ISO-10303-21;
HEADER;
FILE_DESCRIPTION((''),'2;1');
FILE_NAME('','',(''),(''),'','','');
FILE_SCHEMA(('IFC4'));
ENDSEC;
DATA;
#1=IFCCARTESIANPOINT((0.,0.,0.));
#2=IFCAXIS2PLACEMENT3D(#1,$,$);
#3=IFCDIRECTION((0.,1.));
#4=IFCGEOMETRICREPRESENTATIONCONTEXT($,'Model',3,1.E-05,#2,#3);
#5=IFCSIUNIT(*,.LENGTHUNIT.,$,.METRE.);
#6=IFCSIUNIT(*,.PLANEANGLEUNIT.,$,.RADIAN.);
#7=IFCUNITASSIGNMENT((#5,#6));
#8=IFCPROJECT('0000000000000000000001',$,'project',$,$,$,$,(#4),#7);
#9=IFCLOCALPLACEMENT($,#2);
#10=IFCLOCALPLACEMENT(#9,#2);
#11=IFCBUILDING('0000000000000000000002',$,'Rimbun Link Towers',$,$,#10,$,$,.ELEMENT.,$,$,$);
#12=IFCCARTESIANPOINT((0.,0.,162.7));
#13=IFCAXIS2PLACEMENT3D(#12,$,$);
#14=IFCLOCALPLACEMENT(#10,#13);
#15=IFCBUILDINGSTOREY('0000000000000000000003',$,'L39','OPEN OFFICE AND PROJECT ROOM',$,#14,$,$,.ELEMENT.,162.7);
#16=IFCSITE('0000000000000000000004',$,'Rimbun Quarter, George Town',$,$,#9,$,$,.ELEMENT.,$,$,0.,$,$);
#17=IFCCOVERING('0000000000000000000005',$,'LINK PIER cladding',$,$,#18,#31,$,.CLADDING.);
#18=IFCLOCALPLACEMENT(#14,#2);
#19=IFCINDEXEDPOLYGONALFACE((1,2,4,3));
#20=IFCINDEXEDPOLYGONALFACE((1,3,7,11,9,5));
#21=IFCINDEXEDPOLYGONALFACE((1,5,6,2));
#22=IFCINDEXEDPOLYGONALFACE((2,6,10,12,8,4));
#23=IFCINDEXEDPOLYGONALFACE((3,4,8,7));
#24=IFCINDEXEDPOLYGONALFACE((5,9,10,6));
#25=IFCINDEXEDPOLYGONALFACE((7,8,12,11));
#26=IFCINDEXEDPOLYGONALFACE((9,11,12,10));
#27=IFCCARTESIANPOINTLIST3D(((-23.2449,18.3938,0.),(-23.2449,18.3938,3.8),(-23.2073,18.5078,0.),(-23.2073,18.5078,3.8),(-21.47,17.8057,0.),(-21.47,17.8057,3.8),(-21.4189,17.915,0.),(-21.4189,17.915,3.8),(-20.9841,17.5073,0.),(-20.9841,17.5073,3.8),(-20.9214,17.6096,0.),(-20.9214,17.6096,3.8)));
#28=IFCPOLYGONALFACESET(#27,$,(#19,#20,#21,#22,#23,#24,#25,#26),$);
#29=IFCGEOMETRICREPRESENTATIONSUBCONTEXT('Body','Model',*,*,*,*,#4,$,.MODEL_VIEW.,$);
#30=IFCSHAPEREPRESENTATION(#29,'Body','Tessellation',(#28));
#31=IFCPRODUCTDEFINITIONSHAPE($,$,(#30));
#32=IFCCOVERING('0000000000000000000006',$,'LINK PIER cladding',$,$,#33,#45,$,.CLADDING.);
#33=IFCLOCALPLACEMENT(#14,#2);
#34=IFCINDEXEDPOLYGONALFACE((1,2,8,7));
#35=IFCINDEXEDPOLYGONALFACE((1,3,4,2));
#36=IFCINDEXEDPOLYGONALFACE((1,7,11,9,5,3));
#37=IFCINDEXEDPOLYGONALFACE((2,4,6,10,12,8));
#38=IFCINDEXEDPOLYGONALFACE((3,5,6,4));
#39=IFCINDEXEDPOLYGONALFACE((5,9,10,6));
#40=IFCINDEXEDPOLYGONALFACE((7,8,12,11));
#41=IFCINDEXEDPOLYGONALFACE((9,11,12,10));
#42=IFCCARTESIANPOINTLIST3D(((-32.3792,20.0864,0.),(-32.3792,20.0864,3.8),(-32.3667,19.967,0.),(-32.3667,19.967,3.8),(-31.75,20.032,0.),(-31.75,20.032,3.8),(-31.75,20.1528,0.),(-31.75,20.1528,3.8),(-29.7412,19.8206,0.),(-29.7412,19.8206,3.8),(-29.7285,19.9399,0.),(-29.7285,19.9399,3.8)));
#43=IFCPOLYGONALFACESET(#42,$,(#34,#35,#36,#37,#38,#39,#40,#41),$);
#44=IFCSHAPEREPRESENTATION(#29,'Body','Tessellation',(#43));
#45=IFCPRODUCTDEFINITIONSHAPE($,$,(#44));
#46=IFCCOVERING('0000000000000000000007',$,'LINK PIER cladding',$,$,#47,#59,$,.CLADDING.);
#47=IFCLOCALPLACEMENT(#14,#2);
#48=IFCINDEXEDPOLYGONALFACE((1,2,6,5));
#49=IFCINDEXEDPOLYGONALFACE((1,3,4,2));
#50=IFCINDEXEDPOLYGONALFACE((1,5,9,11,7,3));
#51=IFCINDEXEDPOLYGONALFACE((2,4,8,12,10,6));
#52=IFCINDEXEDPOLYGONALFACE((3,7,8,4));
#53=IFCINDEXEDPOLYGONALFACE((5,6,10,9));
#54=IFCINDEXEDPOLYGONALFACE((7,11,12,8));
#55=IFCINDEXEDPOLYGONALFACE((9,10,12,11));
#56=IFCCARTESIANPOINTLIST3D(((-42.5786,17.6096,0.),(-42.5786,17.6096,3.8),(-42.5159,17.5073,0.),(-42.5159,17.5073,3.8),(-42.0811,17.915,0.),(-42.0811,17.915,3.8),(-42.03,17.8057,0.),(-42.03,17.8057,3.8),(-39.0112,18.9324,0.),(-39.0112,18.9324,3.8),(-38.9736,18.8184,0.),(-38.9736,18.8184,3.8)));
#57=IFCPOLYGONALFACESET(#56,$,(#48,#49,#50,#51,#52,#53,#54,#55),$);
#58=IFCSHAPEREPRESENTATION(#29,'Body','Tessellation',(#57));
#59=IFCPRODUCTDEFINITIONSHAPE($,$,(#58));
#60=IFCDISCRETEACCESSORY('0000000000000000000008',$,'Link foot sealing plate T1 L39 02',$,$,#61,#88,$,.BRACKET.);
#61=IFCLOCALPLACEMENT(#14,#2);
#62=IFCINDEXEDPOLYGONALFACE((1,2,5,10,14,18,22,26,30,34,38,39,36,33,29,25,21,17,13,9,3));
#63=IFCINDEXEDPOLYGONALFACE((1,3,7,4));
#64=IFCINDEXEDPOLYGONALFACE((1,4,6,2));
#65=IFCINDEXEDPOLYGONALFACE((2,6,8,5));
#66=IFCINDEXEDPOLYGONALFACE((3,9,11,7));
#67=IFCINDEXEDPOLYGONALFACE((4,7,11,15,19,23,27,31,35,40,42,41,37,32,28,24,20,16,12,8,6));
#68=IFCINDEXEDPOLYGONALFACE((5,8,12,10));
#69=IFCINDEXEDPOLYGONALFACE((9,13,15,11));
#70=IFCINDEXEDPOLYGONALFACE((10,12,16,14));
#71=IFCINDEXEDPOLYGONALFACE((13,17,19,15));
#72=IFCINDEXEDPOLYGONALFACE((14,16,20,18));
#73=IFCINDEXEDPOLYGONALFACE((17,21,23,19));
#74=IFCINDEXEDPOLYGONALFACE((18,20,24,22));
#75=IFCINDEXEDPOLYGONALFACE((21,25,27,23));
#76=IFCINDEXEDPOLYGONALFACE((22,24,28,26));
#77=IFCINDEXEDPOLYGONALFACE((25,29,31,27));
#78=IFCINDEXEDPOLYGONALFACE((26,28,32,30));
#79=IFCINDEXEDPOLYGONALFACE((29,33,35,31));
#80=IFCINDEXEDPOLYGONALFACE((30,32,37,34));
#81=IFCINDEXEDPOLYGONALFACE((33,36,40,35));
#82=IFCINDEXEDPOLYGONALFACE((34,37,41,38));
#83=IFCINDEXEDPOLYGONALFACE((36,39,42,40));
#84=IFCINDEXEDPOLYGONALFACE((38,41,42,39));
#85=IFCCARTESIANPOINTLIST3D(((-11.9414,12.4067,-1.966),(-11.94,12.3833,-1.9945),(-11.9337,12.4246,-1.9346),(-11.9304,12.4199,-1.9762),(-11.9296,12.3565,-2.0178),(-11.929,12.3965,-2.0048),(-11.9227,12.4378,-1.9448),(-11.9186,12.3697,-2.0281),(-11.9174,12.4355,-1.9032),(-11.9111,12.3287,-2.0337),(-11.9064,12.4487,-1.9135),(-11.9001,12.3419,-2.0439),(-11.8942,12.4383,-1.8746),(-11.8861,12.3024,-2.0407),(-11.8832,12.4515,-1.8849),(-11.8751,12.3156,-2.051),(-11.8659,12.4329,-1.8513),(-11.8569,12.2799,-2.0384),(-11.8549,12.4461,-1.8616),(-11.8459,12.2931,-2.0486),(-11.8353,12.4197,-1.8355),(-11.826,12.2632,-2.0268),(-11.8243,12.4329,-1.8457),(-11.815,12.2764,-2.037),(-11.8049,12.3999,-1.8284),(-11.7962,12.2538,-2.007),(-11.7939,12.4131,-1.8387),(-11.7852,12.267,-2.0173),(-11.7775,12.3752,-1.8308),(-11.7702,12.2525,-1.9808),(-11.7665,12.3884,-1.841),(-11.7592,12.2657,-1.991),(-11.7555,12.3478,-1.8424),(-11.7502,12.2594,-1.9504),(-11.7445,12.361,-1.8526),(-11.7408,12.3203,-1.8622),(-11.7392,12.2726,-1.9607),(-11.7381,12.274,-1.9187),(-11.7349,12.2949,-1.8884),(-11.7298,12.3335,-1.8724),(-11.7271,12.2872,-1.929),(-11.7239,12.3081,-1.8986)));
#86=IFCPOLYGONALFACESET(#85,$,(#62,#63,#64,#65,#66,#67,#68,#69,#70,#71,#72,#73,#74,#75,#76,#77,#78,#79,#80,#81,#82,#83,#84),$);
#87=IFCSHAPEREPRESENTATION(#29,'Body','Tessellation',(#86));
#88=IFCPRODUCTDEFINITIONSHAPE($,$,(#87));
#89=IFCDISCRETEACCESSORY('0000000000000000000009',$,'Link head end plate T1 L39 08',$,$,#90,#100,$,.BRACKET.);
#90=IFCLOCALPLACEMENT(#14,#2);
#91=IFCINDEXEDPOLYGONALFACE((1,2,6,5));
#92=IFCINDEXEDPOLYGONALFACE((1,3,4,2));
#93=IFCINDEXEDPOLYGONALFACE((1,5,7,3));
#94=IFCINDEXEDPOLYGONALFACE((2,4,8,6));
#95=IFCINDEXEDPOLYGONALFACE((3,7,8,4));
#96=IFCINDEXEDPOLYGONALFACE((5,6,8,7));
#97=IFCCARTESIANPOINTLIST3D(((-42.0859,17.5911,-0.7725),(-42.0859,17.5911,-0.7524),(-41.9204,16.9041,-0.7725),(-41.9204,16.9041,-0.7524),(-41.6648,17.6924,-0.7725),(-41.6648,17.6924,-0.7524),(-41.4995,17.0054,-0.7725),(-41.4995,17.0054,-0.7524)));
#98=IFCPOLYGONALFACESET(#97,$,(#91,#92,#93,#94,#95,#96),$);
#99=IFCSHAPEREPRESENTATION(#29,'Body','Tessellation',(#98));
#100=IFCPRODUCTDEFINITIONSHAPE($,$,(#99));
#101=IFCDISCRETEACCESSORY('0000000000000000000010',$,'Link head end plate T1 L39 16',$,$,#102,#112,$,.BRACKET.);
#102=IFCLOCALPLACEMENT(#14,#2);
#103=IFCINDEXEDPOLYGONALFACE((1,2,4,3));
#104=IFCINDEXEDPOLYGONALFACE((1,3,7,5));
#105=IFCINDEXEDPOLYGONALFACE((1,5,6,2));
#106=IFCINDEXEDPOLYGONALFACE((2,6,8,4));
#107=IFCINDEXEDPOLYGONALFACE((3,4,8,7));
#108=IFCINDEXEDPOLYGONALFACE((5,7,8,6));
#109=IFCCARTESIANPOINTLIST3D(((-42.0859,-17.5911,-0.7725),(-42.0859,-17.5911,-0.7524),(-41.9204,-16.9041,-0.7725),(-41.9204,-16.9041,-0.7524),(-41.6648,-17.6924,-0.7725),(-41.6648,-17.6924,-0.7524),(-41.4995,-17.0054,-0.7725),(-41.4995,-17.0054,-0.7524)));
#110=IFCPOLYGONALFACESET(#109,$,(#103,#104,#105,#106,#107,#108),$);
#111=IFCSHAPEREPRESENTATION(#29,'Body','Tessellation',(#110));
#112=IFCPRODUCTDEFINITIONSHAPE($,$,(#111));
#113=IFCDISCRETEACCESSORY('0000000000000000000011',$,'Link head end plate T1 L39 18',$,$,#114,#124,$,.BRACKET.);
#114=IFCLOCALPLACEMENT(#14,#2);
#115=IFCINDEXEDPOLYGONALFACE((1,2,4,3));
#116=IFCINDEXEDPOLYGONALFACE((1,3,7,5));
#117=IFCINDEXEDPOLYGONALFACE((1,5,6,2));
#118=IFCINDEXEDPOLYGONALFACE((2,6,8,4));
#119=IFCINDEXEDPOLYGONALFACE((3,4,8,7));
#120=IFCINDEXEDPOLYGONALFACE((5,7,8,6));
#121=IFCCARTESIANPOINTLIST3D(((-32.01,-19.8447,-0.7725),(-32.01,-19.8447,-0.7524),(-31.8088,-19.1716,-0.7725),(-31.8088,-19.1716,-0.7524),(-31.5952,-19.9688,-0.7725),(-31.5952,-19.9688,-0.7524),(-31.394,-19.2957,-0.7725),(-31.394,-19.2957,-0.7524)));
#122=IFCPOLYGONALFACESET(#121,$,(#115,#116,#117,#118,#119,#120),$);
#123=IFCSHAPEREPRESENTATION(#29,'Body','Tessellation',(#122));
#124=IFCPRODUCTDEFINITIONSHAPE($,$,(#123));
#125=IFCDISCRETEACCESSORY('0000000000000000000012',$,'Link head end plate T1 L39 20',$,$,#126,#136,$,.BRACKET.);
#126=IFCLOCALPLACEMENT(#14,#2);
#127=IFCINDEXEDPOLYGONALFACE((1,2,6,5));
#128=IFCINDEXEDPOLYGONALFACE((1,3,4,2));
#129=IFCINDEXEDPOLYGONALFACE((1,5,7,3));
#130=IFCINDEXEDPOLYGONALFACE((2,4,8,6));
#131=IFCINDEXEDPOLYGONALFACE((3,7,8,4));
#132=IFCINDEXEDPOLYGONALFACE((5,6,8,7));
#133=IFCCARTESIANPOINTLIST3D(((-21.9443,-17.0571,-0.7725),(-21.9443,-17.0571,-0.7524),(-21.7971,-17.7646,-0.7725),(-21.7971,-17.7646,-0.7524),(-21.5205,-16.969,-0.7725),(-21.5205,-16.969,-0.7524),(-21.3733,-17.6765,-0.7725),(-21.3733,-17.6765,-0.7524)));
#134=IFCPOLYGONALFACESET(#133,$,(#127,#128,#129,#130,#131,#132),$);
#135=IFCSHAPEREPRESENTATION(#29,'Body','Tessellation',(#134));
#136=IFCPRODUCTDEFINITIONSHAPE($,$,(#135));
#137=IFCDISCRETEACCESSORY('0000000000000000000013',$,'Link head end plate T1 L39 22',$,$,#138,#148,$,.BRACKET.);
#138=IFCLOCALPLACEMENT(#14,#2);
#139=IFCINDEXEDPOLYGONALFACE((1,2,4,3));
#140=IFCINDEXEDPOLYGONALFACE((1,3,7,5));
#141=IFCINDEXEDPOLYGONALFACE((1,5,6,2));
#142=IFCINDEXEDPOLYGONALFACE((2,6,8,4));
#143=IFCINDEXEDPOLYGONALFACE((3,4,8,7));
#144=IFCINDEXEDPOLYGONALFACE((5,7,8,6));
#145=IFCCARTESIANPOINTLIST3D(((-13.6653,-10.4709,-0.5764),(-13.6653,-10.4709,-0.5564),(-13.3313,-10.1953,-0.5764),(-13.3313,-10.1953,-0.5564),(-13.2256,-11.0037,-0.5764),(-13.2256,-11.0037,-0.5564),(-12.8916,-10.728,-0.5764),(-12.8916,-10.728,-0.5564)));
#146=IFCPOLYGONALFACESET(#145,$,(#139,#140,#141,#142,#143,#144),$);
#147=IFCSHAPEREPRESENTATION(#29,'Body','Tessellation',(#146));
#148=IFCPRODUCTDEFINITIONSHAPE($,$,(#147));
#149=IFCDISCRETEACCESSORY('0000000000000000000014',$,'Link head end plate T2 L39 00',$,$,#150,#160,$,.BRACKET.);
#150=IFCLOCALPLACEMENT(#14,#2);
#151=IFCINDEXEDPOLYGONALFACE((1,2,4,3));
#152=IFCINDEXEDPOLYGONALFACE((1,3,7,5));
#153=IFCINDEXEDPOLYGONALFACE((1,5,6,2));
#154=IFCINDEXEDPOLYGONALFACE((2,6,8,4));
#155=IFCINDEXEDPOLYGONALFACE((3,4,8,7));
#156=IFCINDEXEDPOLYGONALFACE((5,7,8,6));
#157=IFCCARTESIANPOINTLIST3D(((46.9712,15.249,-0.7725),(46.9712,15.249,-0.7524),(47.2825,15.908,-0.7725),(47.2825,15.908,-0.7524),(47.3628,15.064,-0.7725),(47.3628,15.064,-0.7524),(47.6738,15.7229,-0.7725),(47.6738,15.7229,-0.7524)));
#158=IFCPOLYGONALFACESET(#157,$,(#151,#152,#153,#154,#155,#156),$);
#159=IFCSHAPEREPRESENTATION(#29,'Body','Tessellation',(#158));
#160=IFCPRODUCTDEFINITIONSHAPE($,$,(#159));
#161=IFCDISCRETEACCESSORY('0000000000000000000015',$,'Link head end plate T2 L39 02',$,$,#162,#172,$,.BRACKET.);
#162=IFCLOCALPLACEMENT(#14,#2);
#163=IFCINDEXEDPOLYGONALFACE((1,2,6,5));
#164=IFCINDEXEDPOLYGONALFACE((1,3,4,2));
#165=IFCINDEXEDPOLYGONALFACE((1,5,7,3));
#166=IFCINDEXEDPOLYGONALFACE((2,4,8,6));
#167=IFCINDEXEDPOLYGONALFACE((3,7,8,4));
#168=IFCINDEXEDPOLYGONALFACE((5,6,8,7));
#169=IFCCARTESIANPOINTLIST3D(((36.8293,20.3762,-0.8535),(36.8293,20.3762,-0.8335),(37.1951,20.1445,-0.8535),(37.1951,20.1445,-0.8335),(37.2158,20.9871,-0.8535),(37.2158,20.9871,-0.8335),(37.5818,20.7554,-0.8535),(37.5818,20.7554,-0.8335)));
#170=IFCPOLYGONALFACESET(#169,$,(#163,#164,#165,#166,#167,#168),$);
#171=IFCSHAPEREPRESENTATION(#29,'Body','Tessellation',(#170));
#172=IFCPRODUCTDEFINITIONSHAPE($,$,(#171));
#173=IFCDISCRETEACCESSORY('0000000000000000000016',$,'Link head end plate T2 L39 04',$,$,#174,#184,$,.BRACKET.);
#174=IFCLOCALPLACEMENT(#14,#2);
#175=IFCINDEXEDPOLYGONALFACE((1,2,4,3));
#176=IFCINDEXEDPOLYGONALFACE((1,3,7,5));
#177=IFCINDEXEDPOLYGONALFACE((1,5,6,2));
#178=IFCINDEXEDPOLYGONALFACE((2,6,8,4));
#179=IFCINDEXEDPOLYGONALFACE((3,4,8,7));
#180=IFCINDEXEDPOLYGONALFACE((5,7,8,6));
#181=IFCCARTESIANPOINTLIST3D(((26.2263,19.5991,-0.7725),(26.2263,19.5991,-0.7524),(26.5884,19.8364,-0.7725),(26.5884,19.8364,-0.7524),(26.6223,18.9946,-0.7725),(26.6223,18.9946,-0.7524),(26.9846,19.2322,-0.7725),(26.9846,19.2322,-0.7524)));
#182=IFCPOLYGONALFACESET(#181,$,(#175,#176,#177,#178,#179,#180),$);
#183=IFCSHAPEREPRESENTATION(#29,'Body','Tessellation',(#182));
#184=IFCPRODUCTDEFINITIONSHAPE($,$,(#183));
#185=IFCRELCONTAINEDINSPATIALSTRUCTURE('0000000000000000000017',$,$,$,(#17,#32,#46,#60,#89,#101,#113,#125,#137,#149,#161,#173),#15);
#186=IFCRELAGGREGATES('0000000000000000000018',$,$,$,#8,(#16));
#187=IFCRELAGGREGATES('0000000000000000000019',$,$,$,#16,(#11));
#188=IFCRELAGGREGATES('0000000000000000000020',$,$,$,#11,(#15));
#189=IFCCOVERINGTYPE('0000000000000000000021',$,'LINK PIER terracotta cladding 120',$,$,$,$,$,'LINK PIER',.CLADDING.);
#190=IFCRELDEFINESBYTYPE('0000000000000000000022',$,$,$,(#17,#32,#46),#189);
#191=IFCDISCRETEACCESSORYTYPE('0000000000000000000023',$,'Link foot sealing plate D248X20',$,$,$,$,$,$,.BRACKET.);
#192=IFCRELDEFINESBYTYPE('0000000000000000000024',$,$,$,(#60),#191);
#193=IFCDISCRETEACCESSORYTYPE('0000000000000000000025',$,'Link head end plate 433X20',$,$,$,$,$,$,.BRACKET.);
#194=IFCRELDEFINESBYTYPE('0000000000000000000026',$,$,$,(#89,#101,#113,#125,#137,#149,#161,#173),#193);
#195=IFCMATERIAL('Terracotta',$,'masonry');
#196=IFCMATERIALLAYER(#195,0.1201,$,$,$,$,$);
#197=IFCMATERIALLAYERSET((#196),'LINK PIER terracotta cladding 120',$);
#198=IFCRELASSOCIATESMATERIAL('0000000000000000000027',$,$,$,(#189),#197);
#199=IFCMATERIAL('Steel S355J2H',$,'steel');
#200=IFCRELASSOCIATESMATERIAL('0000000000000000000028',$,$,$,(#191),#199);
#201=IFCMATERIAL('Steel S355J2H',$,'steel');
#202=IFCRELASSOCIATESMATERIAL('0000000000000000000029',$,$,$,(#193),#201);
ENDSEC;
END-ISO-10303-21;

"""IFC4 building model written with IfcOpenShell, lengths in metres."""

from ifc_helpers import new_model, si_unit, direction, frame, origin, origin_2d, place, context, subcontext, project, spatial, polyline, rectangle, circle, outline, extrude, material, layer, layer_set, material_profile, profile_set, type_object, element, save


model = new_model("IFC4")

# Units and contexts
model_context = context("Model", 3, precision=1e-05, world=origin(), true_north=direction((0.0, 1.0)))
body_context = subcontext(model_context, "Body", "Model", "MODEL_VIEW")
ifc_project = project(units=[si_unit("LENGTHUNIT", "METRE"), si_unit("PLANEANGLEUNIT", "RADIAN")], contexts=[model_context])

# Site, building, storey
site_placement = place(None, origin())
site = spatial("IfcSite", under=ifc_project, at=site_placement, Name="Rimbun Quarter, George Town", CompositionType="ELEMENT", RefElevation=0.0)
building_placement = place(site_placement, origin())
building = spatial("IfcBuilding", under=site, at=building_placement, Name="Rimbun Link Towers", CompositionType="ELEMENT")
storey_placement = place(building_placement, frame((0.0, 0.0, 162.7)))
storey = spatial("IfcBuildingStorey", under=building, at=storey_placement, Name="L39", Description="OPEN OFFICE AND PROJECT ROOM", CompositionType="ELEMENT", Elevation=162.7)

# Coverings
ifc_material_1 = material(Name="Terracotta", Category="masonry")
ifc_layer_1 = layer(ifc_material_1, 0.1201)
ifc_layer_set_1 = layer_set([ifc_layer_1], Name="LINK PIER terracotta cladding 120")
covering_type_1 = type_object("IfcCoveringType", Name="LINK PIER terracotta cladding 120", ElementType="LINK PIER", PredefinedType="CLADDING", material=ifc_layer_set_1)
covering_1_placement = place(storey_placement, origin())
element("IfcCovering", 1, at=covering_1_placement, inside=storey, type_object=covering_type_1, Name="LINK PIER cladding", PredefinedType="CLADDING", context=body_context, shape_type="SweptSolid", body=[
    extrude(outline(polyline([(-23.2449, 18.3938), (-21.47, 17.8057), (-20.9841, 17.5073), (-20.9214, 17.6096), (-21.4189, 17.915), (-23.2073, 18.5078), (-23.2449, 18.3938)])), origin(), (0.0, 0.0, 1.0), 3.8),
])
covering_2_placement = place(storey_placement, origin())
element("IfcCovering", 2, at=covering_2_placement, inside=storey, type_object=covering_type_1, Name="LINK PIER cladding", PredefinedType="CLADDING", context=body_context, shape_type="SweptSolid", body=[
    extrude(outline(polyline([(-32.3667, 19.967), (-31.75, 20.032), (-29.7412, 19.8206), (-29.7285, 19.9399), (-31.75, 20.1528), (-32.3792, 20.0864), (-32.3667, 19.967)])), origin(), (0.0, 0.0, 1.0), 3.8),
])
covering_3_placement = place(storey_placement, origin())
element("IfcCovering", 3, at=covering_3_placement, inside=storey, type_object=covering_type_1, Name="LINK PIER cladding", PredefinedType="CLADDING", context=body_context, shape_type="SweptSolid", body=[
    extrude(outline(polyline([(-42.5159, 17.5073), (-42.03, 17.8057), (-38.9736, 18.8184), (-39.0112, 18.9324), (-42.0811, 17.915), (-42.5786, 17.6096), (-42.5159, 17.5073)])), origin(), (0.0, 0.0, 1.0), 3.8),
])

# Discrete accessories
ifc_material_2 = material(Name="Steel S355J2H", Category="steel")
ifc_material_profile_1 = material_profile(ifc_material_2, circle(Radius=0.124, at=origin_2d()), Name="PL D248")
ifc_profile_set_1 = profile_set([ifc_material_profile_1], Name="Steel S355J2H")
discrete_accessory_type_1 = type_object("IfcDiscreteAccessoryType", Name="Link foot sealing plate D248X20", PredefinedType="BRACKET", material=ifc_profile_set_1)
discrete_accessory_1_placement = place(storey_placement, frame((-11.8384, 12.3452, -1.9346), z_axis=(0.549557, 0.659469, -0.51292), x_axis=(-0.768221, 0.640184, 0.0)))
element("IfcDiscreteAccessory", 4, at=discrete_accessory_1_placement, inside=storey, type_object=discrete_accessory_type_1, Name="Link foot sealing plate T1 L39 02", PredefinedType="BRACKET", context=body_context, shape_type="SweptSolid", body=[
    extrude(circle(Radius=0.124, at=origin_2d()), origin(), (0.0, 0.0, 1.0), 0.02),
])
ifc_material_3 = material(Name="Steel S355J2H", Category="steel")
ifc_material_profile_2 = material_profile(ifc_material_3, rectangle(XDim=0.4331, YDim=0.4331, at=origin_2d()), Name="PL 433x433")
ifc_profile_set_2 = profile_set([ifc_material_profile_2], Name="Steel S355J2H")
discrete_accessory_type_2 = type_object("IfcDiscreteAccessoryType", Name="Link head end plate 433X20", PredefinedType="BRACKET", material=ifc_profile_set_2)
discrete_accessory_2_placement = place(storey_placement, frame((0.0, 0.0, -0.7725)))
element("IfcDiscreteAccessory", 5, at=discrete_accessory_2_placement, inside=storey, type_object=discrete_accessory_type_2, Name="Link head end plate T1 L39 08", PredefinedType="BRACKET", context=body_context, shape_type="SweptSolid", body=[
    extrude(outline(polyline([(-41.4995, 17.0054), (-41.6648, 17.6924), (-42.0859, 17.5911), (-41.9204, 16.9041), (-41.4995, 17.0054)])), origin(), (0.0, 0.0, 1.0), 0.02),
])
discrete_accessory_3_placement = place(storey_placement, frame((0.0, 0.0, -0.7725)))
element("IfcDiscreteAccessory", 6, at=discrete_accessory_3_placement, inside=storey, type_object=discrete_accessory_type_2, Name="Link head end plate T1 L39 16", PredefinedType="BRACKET", context=body_context, shape_type="SweptSolid", body=[
    extrude(outline(polyline([(-41.9204, -16.9041), (-42.0859, -17.5911), (-41.6648, -17.6924), (-41.4995, -17.0054), (-41.9204, -16.9041)])), origin(), (0.0, 0.0, 1.0), 0.02),
])
discrete_accessory_4_placement = place(storey_placement, frame((0.0, 0.0, -0.7725)))
element("IfcDiscreteAccessory", 7, at=discrete_accessory_4_placement, inside=storey, type_object=discrete_accessory_type_2, Name="Link head end plate T1 L39 18", PredefinedType="BRACKET", context=body_context, shape_type="SweptSolid", body=[
    extrude(outline(polyline([(-31.8088, -19.1716), (-32.01, -19.8447), (-31.5952, -19.9688), (-31.394, -19.2957), (-31.8088, -19.1716)])), origin(), (0.0, 0.0, 1.0), 0.02),
])
discrete_accessory_5_placement = place(storey_placement, frame((0.0, 0.0, -0.7725)))
element("IfcDiscreteAccessory", 8, at=discrete_accessory_5_placement, inside=storey, type_object=discrete_accessory_type_2, Name="Link head end plate T1 L39 20", PredefinedType="BRACKET", context=body_context, shape_type="SweptSolid", body=[
    extrude(outline(polyline([(-21.9443, -17.0571), (-21.7971, -17.7646), (-21.3733, -17.6765), (-21.5205, -16.969), (-21.9443, -17.0571)])), origin(), (0.0, 0.0, 1.0), 0.02),
])
discrete_accessory_6_placement = place(storey_placement, frame((0.0, 0.0, -0.5764)))
element("IfcDiscreteAccessory", 9, at=discrete_accessory_6_placement, inside=storey, type_object=discrete_accessory_type_2, Name="Link head end plate T1 L39 22", PredefinedType="BRACKET", context=body_context, shape_type="SweptSolid", body=[
    extrude(outline(polyline([(-13.6653, -10.4709), (-13.2256, -11.0037), (-12.8916, -10.728), (-13.3313, -10.1953), (-13.6653, -10.4709)])), origin(), (0.0, 0.0, 1.0), 0.02),
])
discrete_accessory_7_placement = place(storey_placement, frame((0.0, 0.0, -0.7725)))
element("IfcDiscreteAccessory", 10, at=discrete_accessory_7_placement, inside=storey, type_object=discrete_accessory_type_2, Name="Link head end plate T2 L39 00", PredefinedType="BRACKET", context=body_context, shape_type="SweptSolid", body=[
    extrude(outline(polyline([(47.3628, 15.064), (47.6738, 15.7229), (47.2825, 15.908), (46.9712, 15.249), (47.3628, 15.064)])), origin(), (0.0, 0.0, 1.0), 0.02),
])
discrete_accessory_8_placement = place(storey_placement, frame((0.0, 0.0, -0.8535)))
element("IfcDiscreteAccessory", 11, at=discrete_accessory_8_placement, inside=storey, type_object=discrete_accessory_type_2, Name="Link head end plate T2 L39 02", PredefinedType="BRACKET", context=body_context, shape_type="SweptSolid", body=[
    extrude(outline(polyline([(37.1951, 20.1445), (37.5818, 20.7554), (37.2158, 20.9871), (36.8293, 20.3762), (37.1951, 20.1445)])), origin(), (0.0, 0.0, 1.0), 0.02),
])
discrete_accessory_9_placement = place(storey_placement, frame((0.0, 0.0, -0.7725)))
element("IfcDiscreteAccessory", 12, at=discrete_accessory_9_placement, inside=storey, type_object=discrete_accessory_type_2, Name="Link head end plate T2 L39 04", PredefinedType="BRACKET", context=body_context, shape_type="SweptSolid", body=[
    extrude(outline(polyline([(26.9846, 19.2322), (26.5884, 19.8364), (26.2263, 19.5991), (26.6223, 18.9946), (26.9846, 19.2322)])), origin(), (0.0, 0.0, 1.0), 0.02),
])

save(model, "model.ifc")
